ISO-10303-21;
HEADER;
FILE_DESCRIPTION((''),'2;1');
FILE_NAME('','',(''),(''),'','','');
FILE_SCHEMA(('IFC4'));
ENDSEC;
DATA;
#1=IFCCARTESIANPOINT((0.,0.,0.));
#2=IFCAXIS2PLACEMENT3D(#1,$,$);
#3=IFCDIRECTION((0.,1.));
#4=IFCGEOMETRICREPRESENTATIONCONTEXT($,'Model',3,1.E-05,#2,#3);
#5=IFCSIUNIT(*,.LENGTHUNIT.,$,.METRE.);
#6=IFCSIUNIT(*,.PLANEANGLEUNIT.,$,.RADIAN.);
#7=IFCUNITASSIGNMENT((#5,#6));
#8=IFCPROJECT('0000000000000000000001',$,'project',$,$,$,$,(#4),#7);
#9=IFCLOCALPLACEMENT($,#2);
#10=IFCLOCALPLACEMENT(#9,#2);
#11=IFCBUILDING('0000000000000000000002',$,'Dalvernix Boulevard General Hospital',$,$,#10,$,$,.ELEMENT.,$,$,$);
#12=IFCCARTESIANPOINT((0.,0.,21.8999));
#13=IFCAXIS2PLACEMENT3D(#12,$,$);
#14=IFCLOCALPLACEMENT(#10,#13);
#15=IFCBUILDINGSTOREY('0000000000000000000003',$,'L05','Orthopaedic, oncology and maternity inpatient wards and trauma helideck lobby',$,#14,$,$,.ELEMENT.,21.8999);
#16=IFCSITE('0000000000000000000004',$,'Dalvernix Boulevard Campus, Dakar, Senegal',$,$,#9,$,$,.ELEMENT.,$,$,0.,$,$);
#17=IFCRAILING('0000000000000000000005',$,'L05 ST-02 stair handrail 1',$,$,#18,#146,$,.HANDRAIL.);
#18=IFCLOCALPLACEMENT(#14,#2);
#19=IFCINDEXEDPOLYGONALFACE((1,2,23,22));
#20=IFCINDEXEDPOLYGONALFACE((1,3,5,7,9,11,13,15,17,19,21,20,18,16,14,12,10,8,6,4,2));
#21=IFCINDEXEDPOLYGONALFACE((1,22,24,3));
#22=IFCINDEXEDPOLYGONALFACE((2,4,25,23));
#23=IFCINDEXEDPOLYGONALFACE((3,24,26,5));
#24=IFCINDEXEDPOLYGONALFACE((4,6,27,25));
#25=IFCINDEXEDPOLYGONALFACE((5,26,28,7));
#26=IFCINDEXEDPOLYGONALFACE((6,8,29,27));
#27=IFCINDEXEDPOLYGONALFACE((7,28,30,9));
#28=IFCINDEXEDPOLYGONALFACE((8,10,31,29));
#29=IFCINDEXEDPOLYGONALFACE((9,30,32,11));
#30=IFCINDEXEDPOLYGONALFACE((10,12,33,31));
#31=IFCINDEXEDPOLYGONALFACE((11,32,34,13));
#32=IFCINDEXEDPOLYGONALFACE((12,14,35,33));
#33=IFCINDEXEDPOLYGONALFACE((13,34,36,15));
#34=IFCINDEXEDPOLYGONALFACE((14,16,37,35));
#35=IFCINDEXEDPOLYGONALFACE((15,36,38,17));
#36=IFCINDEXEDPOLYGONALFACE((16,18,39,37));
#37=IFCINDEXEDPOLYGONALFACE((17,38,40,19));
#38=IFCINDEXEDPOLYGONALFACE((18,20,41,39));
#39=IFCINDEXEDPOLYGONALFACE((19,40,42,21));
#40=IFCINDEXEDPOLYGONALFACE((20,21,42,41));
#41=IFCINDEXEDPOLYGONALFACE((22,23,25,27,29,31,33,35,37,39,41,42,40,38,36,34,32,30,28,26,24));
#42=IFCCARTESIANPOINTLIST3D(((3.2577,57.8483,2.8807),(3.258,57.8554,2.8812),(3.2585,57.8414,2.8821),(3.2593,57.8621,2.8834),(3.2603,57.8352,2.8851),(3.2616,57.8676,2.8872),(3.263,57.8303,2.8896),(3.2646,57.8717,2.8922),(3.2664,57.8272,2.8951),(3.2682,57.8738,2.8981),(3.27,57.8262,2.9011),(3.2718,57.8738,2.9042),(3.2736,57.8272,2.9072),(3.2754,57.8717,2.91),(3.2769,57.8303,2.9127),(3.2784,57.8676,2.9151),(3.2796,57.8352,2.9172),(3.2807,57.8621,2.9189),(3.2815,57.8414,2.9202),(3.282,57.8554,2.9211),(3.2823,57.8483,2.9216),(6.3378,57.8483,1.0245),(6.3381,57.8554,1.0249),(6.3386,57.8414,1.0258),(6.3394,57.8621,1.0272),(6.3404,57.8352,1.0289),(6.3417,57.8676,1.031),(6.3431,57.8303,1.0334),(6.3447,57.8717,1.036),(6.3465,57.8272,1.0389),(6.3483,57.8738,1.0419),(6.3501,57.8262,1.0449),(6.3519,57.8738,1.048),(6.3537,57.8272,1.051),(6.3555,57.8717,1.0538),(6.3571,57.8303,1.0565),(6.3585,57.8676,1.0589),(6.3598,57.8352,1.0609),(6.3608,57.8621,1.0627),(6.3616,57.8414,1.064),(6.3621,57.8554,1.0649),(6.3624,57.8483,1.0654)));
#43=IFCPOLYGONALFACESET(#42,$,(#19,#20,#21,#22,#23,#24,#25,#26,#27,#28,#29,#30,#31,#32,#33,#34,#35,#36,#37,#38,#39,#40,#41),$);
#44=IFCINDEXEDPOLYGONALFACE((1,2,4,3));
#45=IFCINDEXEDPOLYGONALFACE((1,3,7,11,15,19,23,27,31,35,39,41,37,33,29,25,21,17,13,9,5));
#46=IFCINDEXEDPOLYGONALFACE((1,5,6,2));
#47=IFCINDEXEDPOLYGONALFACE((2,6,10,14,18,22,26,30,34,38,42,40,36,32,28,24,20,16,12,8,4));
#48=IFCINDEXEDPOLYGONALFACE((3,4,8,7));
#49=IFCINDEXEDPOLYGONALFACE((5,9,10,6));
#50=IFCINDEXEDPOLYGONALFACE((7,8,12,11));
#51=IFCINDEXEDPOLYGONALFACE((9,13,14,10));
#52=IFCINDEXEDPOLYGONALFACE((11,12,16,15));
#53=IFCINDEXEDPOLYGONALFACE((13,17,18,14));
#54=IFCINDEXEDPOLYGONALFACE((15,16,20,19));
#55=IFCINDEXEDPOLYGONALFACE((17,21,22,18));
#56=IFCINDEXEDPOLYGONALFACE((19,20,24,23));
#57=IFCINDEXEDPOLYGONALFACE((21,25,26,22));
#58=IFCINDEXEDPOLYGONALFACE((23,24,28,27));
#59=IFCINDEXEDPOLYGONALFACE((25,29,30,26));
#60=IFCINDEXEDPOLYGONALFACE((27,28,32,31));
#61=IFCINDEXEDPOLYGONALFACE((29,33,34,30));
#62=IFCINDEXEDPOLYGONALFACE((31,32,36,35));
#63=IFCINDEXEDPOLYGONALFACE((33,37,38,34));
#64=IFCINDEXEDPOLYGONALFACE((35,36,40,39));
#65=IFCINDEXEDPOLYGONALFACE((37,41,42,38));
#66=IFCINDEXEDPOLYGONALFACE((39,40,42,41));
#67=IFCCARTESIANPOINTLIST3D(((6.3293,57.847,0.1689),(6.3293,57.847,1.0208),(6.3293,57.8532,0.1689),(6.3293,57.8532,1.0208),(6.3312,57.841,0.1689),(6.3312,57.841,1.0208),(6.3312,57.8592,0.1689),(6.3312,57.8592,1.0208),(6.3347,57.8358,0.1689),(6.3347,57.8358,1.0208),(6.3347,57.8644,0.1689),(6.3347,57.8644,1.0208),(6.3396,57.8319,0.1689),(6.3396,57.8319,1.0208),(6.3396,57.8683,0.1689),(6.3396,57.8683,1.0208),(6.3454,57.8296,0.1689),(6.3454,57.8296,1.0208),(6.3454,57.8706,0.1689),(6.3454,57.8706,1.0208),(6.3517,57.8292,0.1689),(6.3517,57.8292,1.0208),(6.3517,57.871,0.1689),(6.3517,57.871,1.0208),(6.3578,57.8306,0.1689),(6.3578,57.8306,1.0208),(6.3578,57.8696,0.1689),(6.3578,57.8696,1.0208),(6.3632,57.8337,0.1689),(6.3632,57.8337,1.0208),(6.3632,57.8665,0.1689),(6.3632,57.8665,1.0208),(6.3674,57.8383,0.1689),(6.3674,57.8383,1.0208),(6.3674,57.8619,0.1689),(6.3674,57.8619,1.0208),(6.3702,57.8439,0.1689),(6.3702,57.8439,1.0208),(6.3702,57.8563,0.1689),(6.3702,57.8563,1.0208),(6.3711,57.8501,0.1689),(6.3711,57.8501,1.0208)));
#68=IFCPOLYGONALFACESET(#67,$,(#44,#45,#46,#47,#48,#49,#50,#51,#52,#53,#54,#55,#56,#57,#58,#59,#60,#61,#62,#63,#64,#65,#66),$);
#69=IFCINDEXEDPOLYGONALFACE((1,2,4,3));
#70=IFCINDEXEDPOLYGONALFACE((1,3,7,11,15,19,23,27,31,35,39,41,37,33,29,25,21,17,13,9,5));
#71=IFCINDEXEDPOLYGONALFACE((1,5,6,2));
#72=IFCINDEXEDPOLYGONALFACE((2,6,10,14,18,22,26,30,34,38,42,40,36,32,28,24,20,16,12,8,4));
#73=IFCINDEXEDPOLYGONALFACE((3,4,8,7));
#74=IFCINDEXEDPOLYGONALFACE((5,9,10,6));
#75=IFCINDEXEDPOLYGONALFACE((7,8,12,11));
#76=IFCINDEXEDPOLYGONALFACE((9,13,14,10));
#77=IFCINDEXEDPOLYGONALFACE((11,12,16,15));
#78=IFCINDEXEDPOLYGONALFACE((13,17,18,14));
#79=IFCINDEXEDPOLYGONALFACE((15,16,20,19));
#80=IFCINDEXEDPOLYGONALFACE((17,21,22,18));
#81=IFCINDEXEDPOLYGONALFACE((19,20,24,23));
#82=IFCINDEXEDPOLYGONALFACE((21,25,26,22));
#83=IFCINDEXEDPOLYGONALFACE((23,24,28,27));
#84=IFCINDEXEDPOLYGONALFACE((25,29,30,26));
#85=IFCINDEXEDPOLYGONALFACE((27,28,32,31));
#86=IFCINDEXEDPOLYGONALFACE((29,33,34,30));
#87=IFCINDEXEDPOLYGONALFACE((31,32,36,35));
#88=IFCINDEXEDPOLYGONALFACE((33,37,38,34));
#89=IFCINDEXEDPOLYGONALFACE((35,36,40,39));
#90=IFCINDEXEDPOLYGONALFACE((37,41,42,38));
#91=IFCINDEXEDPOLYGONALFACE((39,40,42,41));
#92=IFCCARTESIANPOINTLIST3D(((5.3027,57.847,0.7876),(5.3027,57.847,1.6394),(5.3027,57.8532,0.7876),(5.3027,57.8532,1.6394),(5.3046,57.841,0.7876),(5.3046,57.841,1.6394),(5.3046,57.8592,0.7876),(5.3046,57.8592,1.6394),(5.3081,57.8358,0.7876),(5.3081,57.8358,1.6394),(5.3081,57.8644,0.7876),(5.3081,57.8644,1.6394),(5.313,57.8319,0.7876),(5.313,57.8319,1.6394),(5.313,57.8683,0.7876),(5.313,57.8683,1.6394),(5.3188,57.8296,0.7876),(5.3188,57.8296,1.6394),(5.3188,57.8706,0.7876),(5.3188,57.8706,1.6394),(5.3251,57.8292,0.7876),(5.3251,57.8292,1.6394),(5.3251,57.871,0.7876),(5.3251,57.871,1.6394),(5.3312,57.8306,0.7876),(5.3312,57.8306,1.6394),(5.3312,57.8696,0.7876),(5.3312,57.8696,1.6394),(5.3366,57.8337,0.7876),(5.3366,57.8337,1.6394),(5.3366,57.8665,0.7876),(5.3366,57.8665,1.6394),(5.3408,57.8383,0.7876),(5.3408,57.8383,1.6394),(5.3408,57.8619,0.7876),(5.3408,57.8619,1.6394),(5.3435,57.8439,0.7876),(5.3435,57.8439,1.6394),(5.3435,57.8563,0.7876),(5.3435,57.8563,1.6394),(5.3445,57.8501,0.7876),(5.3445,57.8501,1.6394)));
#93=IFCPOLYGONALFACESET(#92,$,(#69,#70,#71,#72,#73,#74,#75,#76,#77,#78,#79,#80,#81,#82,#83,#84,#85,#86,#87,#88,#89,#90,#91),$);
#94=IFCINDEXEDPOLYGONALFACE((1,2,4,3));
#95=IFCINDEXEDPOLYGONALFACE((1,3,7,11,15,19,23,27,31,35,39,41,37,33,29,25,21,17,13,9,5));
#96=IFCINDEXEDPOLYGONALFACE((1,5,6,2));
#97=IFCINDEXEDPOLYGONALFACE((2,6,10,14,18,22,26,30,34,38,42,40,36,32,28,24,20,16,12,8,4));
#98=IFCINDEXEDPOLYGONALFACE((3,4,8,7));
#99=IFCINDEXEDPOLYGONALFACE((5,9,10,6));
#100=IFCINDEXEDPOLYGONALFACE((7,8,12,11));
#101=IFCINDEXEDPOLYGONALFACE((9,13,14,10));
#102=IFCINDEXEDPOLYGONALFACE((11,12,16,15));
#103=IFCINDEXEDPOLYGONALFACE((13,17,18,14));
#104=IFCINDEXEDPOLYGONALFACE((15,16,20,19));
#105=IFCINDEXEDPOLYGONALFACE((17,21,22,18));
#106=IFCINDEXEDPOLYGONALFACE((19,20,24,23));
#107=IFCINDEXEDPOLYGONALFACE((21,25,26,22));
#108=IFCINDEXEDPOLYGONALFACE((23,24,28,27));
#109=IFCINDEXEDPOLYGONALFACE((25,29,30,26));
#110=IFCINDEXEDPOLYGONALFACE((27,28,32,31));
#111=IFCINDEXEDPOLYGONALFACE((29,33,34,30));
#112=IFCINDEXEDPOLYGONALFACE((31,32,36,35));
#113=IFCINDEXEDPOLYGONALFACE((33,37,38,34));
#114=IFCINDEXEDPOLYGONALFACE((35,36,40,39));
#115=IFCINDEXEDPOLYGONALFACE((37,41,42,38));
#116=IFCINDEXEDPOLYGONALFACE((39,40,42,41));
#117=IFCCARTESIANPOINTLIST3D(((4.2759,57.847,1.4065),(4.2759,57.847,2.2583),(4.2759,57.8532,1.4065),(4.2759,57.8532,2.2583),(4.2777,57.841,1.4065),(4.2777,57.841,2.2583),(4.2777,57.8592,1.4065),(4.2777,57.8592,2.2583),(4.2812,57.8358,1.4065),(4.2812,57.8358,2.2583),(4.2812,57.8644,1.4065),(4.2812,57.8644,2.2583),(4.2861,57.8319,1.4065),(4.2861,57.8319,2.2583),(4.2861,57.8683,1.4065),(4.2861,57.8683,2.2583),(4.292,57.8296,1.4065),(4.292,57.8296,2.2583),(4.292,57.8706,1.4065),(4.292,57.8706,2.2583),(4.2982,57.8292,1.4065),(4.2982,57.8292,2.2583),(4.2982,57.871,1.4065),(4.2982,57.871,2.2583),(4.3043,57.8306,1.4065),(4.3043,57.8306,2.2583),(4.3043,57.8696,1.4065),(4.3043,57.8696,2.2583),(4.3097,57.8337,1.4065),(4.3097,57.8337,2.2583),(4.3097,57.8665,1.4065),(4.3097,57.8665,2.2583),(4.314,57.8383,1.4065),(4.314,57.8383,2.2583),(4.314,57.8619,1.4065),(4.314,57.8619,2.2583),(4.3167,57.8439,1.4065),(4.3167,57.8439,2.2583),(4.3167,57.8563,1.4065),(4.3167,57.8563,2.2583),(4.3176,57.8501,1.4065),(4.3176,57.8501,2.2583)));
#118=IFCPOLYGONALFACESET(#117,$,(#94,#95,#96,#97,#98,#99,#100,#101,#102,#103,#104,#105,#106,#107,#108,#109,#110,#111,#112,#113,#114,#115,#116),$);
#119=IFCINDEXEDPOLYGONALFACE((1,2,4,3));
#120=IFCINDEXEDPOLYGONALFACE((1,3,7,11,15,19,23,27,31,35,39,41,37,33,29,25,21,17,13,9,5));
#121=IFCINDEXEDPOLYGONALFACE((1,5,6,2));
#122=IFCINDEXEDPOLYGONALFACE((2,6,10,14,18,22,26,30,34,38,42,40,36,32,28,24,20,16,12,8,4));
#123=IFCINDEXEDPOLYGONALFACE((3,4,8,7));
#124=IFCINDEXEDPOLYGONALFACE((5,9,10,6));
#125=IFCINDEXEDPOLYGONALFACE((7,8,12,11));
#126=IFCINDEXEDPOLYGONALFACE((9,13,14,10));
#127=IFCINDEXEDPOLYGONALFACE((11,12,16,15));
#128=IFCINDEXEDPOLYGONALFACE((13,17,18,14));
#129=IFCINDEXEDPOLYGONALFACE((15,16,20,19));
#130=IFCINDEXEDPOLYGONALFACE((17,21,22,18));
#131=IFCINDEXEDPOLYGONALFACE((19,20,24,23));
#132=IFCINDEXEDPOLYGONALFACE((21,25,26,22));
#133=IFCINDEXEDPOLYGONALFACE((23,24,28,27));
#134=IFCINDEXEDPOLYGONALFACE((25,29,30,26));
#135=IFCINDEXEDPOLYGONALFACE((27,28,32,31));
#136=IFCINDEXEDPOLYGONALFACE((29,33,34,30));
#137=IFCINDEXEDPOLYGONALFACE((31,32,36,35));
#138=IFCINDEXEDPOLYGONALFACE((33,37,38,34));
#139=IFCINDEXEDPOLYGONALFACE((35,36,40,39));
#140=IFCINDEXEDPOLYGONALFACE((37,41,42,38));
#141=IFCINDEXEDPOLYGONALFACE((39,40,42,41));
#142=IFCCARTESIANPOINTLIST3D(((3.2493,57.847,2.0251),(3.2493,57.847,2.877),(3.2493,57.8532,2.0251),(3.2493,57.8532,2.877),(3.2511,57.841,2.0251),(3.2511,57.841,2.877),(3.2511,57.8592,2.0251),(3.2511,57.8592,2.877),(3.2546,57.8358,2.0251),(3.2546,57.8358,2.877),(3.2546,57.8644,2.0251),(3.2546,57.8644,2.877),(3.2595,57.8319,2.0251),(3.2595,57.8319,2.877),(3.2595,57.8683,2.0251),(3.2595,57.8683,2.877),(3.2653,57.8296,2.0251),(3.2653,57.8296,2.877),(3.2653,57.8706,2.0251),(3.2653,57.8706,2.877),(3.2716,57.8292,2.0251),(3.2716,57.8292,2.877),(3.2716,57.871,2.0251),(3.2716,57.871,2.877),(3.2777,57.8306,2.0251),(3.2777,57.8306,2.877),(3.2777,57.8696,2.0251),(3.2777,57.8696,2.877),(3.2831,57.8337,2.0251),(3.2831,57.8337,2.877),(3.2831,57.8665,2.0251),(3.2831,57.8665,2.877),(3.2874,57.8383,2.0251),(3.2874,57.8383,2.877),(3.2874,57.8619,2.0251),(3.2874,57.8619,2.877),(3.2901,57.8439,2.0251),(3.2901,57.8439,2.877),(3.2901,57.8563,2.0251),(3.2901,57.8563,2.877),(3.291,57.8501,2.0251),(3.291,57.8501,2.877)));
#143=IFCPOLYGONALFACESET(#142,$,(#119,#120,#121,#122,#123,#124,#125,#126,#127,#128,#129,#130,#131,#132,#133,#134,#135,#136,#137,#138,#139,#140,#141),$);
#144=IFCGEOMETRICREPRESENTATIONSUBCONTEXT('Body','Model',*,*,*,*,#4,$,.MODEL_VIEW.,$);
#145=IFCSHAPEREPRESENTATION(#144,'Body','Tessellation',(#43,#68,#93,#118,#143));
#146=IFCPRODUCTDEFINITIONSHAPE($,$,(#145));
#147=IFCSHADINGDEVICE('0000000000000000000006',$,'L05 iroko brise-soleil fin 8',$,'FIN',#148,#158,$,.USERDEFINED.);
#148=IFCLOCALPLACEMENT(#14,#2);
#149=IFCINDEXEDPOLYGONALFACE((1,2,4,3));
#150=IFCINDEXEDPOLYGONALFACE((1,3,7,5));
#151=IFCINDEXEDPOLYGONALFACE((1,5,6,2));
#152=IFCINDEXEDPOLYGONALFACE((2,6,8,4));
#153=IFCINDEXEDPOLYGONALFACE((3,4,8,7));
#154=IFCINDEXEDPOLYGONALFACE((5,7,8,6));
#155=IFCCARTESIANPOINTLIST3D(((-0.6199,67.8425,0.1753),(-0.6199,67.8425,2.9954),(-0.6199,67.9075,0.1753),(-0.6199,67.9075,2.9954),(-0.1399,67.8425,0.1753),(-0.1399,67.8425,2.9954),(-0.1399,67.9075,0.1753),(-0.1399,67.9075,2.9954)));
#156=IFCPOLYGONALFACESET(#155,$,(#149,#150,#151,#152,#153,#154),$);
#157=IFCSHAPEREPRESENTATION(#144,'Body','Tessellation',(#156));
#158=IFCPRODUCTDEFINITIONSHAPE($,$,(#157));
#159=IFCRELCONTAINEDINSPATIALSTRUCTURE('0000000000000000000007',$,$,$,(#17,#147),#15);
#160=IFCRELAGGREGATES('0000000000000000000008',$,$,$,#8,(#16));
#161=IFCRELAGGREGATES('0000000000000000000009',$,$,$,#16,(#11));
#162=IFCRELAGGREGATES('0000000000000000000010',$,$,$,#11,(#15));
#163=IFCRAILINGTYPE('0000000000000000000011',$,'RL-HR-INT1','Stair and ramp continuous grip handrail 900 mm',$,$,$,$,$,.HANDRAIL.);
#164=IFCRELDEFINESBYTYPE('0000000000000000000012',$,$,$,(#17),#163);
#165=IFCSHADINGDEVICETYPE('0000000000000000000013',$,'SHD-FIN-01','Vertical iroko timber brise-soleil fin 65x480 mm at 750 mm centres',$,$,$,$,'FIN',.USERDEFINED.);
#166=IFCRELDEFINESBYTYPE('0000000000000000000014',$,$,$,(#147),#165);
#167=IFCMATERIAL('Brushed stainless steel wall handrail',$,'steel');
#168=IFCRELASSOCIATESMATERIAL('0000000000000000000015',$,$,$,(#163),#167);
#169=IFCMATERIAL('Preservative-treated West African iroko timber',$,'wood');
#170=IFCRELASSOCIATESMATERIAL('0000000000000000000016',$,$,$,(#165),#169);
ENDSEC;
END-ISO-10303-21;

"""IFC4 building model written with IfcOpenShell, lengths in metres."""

from ifc_helpers import new_model, si_unit, direction, frame, origin, origin_2d, place, context, subcontext, project, spatial, rectangle, circle, extrude, material, type_object, element, save


model = new_model("IFC4")

# Units and contexts
model_context = context("Model", 3, precision=1e-05, world=origin(), true_north=direction((0.0, 1.0)))
body_context = subcontext(model_context, "Body", "Model", "MODEL_VIEW")
ifc_project = project(units=[si_unit("LENGTHUNIT", "METRE"), si_unit("PLANEANGLEUNIT", "RADIAN")], contexts=[model_context])

# Site, building, storey
site_placement = place(None, origin())
site = spatial("IfcSite", under=ifc_project, at=site_placement, Name="Dalvernix Boulevard Campus, Dakar, Senegal", CompositionType="ELEMENT", RefElevation=0.0)
building_placement = place(site_placement, origin())
building = spatial("IfcBuilding", under=site, at=building_placement, Name="Dalvernix Boulevard General Hospital", CompositionType="ELEMENT")
storey_placement = place(building_placement, frame((0.0, 0.0, 21.8999)))
storey = spatial("IfcBuildingStorey", under=building, at=storey_placement, Name="L05", Description="Orthopaedic, oncology and maternity inpatient wards and trauma helideck lobby", CompositionType="ELEMENT", Elevation=21.8999)

# Railing
ifc_material_1 = material(Name="Brushed stainless steel wall handrail", Category="steel")
railing_type_1 = type_object("IfcRailingType", Name="RL-HR-INT1", Description="Stair and ramp continuous grip handrail 900 mm", PredefinedType="HANDRAIL", material=ifc_material_1)
railing_1_placement = place(storey_placement, frame((6.3501, 57.8501, 0.1689)))
element("IfcRailing", 1, at=railing_1_placement, inside=storey, type_object=railing_type_1, Name="L05 ST-02 stair handrail 1", PredefinedType="HANDRAIL", context=body_context, shape_type="SweptSolid", body=[
    extrude(circle(Radius=0.0239, at=origin_2d()), frame((0.0, 0.0, 0.876), z_axis=(-0.856491, 0.0, 0.516162), x_axis=(0.0, -1.0, 0.0)), (0.0, 0.0, 1.0), 3.5962),
    extrude(circle(Radius=0.021, at=origin_2d()), origin(), (0.0, 0.0, 1.0), 0.8518),
    extrude(circle(Radius=0.021, at=origin_2d()), frame((-1.0266, 0.0, 0.6187)), (0.0, 0.0, 1.0), 0.8518),
    extrude(circle(Radius=0.021, at=origin_2d()), frame((-2.0535, 0.0, 1.2375)), (0.0, 0.0, 1.0), 0.8518),
    extrude(circle(Radius=0.021, at=origin_2d()), frame((-3.0801, 0.0, 1.8562)), (0.0, 0.0, 1.0), 0.8518),
])

# Shading device
ifc_material_2 = material(Name="Preservative-treated West African iroko timber", Category="wood")
shading_device_type = type_object("IfcShadingDeviceType", Name="SHD-FIN-01", Description="Vertical iroko timber brise-soleil fin 65x480 mm at 750 mm centres", ElementType="FIN", PredefinedType="USERDEFINED", material=ifc_material_2)
shading_device_placement = place(storey_placement, frame((-0.3799, 67.875, 0.1753), z_axis=(0.0, 0.0, 1.0), x_axis=(0.0, 1.0, 0.0)))
element("IfcShadingDevice", 2, at=shading_device_placement, inside=storey, type_object=shading_device_type, Name="L05 iroko brise-soleil fin 8", ObjectType="FIN", PredefinedType="USERDEFINED", context=body_context, shape_type="SweptSolid", body=[
    extrude(rectangle(XDim=0.0649, YDim=0.48, at=origin_2d()), origin(), (0.0, 0.0, 1.0), 2.8201),
])

save(model, "model.ifc")
